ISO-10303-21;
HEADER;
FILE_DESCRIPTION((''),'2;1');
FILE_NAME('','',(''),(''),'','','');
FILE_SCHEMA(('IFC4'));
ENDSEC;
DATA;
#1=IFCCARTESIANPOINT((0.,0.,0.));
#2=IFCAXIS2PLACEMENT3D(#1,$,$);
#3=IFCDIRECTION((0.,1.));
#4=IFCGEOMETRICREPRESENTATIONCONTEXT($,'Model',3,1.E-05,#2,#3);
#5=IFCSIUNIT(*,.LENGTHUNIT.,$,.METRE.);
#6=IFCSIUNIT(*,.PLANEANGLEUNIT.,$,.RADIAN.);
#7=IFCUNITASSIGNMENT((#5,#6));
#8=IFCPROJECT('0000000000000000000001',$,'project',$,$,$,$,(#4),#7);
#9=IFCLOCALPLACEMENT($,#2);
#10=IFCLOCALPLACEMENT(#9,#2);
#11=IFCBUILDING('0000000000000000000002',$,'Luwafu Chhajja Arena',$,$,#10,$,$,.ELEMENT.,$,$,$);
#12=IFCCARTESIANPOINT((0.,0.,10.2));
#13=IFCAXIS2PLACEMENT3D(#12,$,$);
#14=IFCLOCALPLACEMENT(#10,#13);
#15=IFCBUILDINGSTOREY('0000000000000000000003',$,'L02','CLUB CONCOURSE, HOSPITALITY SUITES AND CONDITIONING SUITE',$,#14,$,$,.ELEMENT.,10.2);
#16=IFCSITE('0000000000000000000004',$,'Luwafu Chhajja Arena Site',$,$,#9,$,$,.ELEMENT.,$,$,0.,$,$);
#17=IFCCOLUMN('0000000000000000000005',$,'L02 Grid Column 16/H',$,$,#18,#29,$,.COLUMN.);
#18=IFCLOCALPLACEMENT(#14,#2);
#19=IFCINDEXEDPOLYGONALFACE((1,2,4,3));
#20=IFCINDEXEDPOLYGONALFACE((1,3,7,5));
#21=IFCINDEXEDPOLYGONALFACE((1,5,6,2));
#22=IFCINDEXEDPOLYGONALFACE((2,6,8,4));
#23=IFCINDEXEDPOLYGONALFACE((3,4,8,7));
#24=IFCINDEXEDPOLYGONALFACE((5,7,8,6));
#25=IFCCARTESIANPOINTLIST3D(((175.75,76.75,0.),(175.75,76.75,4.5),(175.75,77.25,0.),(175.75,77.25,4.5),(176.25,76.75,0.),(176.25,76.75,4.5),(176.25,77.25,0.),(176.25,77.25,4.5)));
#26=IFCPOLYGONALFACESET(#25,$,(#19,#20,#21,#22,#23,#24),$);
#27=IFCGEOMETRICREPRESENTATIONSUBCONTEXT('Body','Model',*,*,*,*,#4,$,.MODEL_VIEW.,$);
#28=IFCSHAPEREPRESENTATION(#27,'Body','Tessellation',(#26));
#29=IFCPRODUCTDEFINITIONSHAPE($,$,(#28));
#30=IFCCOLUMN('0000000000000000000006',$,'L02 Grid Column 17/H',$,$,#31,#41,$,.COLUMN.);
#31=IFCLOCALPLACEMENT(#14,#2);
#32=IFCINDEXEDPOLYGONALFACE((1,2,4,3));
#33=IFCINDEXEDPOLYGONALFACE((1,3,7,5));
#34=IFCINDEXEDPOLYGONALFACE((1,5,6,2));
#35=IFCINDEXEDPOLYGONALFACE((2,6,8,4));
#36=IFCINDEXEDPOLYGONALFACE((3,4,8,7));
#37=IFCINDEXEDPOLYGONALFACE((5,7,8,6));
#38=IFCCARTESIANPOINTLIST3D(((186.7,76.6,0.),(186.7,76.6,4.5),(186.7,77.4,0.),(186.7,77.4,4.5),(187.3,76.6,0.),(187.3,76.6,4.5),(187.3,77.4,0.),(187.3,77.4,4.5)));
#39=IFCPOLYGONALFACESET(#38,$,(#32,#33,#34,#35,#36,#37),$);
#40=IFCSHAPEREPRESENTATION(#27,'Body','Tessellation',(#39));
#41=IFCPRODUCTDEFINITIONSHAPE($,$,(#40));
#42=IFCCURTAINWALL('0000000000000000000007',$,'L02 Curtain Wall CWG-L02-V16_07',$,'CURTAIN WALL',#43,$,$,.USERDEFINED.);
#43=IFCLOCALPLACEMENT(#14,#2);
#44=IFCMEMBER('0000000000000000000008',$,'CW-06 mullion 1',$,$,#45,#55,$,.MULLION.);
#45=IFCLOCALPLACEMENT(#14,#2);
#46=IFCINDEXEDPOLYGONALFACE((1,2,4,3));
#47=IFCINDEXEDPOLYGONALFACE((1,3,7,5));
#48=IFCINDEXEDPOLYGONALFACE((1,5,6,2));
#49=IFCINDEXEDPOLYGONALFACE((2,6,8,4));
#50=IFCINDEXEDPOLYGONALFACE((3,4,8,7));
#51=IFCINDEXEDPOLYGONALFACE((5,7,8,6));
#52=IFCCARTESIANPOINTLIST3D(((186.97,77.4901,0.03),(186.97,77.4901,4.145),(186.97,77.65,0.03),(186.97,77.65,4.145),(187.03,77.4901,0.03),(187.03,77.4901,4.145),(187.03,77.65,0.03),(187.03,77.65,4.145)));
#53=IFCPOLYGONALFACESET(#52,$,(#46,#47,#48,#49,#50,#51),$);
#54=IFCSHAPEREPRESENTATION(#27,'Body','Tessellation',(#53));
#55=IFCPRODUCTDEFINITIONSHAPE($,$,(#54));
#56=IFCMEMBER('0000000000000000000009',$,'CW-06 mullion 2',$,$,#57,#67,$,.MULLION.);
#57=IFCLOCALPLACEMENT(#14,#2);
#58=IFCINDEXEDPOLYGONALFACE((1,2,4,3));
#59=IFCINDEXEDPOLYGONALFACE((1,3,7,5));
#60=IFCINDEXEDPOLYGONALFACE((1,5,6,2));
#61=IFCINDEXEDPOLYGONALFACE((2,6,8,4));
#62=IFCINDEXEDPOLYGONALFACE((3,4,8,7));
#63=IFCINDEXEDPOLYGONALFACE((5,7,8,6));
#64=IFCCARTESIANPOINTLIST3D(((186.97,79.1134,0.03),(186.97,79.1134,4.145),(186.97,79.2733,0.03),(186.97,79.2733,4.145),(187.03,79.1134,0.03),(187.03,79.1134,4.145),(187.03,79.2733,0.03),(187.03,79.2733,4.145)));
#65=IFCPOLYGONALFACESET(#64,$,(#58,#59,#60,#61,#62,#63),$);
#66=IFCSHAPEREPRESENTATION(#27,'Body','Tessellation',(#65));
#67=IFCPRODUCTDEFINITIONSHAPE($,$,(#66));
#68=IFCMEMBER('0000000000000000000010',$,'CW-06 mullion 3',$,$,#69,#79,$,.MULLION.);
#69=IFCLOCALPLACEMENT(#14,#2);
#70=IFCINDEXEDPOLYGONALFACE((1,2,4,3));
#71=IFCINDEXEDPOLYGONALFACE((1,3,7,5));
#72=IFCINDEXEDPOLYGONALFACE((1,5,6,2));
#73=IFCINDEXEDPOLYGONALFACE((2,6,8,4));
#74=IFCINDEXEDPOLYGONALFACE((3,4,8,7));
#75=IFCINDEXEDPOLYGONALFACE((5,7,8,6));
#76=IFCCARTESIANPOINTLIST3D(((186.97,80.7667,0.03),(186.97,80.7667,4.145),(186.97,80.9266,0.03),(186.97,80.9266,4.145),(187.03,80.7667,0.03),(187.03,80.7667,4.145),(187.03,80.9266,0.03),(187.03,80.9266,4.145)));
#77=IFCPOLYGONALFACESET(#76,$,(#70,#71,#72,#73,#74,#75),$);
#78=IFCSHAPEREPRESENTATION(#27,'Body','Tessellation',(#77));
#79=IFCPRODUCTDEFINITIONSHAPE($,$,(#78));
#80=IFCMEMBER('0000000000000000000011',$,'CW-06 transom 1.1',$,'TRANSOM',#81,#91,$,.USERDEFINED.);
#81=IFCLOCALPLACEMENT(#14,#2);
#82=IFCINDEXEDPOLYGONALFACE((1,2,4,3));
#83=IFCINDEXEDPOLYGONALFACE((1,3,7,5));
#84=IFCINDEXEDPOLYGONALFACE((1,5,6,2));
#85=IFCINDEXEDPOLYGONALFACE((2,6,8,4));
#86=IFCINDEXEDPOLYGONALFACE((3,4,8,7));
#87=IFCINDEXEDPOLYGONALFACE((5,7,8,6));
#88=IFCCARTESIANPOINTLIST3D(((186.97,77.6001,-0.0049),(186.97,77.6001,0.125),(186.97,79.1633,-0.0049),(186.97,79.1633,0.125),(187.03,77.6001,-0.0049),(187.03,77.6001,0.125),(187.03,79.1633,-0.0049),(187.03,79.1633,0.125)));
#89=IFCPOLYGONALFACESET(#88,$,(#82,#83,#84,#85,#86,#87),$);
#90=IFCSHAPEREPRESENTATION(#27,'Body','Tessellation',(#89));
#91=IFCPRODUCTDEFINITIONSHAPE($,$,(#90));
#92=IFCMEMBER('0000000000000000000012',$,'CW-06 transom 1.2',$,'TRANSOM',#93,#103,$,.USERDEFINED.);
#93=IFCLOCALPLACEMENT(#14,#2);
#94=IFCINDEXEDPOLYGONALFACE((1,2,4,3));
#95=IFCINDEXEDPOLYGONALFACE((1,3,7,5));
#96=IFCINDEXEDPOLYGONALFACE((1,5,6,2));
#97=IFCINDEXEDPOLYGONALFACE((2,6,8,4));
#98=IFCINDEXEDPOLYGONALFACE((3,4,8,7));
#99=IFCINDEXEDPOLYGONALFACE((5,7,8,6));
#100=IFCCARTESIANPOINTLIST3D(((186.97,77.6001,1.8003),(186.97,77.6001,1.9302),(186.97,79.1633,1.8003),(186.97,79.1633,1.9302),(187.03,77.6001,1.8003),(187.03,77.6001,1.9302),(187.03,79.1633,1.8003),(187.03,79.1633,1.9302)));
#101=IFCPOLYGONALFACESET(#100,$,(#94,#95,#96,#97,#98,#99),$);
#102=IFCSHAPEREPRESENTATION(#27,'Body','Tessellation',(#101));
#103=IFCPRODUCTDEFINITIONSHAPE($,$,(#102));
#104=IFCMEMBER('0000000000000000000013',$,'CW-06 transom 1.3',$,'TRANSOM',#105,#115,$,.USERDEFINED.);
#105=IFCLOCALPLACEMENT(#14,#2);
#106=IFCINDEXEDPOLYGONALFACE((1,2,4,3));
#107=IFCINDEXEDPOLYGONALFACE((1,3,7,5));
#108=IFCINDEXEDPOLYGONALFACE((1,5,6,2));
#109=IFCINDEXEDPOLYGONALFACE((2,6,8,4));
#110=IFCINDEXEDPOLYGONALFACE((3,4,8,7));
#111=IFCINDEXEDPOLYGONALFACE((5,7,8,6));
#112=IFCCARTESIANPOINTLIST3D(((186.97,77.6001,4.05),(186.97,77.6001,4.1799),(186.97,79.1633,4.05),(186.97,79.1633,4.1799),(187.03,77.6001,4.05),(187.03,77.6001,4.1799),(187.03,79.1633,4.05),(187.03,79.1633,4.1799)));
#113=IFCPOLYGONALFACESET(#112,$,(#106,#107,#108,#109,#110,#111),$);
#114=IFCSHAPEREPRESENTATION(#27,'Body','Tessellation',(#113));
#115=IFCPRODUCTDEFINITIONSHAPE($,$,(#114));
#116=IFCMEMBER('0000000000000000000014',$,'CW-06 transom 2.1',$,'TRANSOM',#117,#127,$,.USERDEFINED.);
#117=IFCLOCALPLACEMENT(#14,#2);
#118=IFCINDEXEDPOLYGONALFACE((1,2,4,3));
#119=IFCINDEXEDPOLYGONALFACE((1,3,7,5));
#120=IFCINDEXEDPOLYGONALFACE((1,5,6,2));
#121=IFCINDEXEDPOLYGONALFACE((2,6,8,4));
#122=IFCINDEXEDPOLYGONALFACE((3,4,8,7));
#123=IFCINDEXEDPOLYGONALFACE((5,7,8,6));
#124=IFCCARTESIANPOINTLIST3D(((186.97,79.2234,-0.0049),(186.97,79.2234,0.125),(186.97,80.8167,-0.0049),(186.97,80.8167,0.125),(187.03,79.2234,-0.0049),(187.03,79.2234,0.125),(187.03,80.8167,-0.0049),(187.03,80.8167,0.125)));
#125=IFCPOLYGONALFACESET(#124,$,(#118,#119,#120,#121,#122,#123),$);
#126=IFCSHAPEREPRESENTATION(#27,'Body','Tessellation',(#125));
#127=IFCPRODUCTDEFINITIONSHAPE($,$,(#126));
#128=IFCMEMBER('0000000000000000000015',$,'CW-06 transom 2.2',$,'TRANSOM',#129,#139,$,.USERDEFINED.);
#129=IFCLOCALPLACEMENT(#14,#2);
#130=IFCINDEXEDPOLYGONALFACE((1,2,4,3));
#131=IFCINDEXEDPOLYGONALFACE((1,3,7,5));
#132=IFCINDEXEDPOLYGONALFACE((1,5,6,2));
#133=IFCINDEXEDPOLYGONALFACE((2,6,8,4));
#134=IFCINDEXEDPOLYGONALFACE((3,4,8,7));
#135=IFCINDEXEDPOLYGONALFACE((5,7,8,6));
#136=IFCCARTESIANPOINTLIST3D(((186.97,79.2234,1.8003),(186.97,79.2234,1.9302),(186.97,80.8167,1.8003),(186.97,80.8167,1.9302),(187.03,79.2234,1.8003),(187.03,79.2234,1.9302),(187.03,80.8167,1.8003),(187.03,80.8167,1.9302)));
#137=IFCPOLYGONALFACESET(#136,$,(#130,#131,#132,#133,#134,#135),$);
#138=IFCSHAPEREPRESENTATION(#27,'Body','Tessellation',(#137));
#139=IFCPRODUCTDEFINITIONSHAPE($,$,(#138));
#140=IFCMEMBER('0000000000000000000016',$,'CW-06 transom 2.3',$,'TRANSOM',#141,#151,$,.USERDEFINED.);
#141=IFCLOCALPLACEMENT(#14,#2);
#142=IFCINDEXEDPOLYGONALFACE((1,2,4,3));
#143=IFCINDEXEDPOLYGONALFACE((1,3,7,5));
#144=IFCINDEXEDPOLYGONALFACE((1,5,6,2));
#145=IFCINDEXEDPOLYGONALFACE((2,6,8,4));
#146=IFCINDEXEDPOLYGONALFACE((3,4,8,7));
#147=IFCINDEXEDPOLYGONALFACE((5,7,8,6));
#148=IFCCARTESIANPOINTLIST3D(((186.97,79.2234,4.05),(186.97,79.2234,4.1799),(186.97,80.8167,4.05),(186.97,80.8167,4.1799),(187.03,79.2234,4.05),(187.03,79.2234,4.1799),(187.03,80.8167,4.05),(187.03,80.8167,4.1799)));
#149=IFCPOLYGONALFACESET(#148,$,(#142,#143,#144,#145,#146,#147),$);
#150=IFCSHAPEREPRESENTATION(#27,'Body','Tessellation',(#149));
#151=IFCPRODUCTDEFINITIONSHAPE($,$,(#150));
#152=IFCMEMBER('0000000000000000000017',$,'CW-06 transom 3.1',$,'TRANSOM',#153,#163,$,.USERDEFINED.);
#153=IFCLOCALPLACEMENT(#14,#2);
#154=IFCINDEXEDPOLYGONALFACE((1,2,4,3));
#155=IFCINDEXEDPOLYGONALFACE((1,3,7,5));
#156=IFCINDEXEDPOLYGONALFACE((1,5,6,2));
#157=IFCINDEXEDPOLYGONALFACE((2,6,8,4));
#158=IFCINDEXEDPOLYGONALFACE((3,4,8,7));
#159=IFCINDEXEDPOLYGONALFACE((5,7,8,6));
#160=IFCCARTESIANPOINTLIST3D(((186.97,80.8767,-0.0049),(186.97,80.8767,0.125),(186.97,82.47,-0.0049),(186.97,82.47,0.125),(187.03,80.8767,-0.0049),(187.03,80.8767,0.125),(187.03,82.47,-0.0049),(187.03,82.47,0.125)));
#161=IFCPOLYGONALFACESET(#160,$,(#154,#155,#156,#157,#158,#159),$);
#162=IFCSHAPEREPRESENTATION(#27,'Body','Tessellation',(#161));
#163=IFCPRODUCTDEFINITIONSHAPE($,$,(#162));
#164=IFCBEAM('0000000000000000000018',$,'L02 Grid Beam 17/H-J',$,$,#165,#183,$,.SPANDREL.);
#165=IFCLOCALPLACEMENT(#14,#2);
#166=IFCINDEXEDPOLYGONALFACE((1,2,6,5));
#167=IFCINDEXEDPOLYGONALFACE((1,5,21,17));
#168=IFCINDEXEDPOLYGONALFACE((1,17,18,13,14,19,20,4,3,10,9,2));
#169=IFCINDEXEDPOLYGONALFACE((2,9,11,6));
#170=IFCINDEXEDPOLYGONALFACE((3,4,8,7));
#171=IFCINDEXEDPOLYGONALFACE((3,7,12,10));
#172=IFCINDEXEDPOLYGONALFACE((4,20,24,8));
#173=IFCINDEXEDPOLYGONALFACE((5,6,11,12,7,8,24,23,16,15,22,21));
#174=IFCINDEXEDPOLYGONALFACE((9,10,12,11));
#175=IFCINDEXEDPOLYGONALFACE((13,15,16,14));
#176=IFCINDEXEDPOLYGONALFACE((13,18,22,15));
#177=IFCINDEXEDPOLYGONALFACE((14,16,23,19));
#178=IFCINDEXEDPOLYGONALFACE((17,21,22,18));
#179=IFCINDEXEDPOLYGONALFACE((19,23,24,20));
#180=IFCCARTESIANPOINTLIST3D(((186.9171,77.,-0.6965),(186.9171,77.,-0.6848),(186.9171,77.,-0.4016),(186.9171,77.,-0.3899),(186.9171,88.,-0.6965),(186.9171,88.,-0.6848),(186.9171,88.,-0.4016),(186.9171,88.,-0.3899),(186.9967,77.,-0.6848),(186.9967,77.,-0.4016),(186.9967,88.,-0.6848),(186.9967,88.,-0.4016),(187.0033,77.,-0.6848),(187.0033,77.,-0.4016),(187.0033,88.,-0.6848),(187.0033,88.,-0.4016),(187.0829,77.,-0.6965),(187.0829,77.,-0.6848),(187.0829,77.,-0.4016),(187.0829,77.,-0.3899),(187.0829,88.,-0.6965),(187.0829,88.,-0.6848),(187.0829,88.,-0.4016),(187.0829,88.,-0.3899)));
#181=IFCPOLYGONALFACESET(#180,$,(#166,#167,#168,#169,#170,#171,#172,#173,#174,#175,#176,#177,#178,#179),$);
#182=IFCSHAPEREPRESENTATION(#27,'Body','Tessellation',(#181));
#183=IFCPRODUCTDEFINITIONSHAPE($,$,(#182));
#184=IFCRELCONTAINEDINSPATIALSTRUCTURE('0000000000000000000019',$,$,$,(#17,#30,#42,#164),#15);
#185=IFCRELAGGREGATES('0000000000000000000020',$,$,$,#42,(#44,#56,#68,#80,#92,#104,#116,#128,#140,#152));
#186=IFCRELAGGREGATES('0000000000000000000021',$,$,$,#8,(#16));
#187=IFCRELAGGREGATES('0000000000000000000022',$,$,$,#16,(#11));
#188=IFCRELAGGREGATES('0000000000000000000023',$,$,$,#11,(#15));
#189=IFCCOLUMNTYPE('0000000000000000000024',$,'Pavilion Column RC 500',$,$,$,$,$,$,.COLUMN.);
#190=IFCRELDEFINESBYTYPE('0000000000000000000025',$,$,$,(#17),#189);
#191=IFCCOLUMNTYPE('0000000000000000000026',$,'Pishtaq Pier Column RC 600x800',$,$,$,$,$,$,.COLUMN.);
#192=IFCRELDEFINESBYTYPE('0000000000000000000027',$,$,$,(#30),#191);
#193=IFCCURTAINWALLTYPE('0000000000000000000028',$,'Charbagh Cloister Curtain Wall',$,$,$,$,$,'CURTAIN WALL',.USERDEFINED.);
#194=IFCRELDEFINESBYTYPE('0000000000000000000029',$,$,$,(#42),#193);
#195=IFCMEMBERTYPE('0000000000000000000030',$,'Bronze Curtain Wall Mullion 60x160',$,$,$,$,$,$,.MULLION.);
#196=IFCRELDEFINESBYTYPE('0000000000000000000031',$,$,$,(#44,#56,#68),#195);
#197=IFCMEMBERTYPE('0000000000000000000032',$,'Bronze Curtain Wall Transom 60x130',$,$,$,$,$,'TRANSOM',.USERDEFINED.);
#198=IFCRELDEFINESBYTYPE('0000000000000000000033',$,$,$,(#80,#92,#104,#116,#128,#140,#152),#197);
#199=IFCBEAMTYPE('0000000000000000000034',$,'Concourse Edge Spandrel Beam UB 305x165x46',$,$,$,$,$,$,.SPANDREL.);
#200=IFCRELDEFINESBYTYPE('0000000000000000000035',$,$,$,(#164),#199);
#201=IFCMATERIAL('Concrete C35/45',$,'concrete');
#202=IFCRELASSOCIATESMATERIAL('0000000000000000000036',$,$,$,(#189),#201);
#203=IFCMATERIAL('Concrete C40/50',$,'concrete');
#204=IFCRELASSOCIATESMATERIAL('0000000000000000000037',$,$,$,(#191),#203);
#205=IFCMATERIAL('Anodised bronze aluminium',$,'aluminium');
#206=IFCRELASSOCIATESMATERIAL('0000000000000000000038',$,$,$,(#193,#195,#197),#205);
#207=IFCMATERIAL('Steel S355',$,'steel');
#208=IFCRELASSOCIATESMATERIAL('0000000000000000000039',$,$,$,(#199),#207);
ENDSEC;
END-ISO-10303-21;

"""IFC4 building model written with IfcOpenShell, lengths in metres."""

from ifc_helpers import new_model, si_unit, direction, frame, origin, origin_2d, place, context, subcontext, project, spatial, rectangle, i_section, extrude, material, material_profile, profile_set, type_object, element, aggregate, save


model = new_model("IFC4")

# Units and contexts
model_context = context("Model", 3, precision=1e-05, world=origin(), true_north=direction((0.0, 1.0)))
body_context = subcontext(model_context, "Body", "Model", "MODEL_VIEW")
ifc_project = project(units=[si_unit("LENGTHUNIT", "METRE"), si_unit("PLANEANGLEUNIT", "RADIAN")], contexts=[model_context])

# Site, building, storey
site_placement = place(None, origin())
site = spatial("IfcSite", under=ifc_project, at=site_placement, Name="Luwafu Chhajja Arena Site", CompositionType="ELEMENT", RefElevation=0.0)
building_placement = place(site_placement, origin())
building = spatial("IfcBuilding", under=site, at=building_placement, Name="Luwafu Chhajja Arena", CompositionType="ELEMENT")
storey_placement = place(building_placement, frame((0.0, 0.0, 10.2)))
storey = spatial("IfcBuildingStorey", under=building, at=storey_placement, Name="L02", Description="CLUB CONCOURSE, HOSPITALITY SUITES AND CONDITIONING SUITE", CompositionType="ELEMENT", Elevation=10.2)

# Columns
ifc_material_1 = material(Name="Concrete C35/45", Category="concrete")
ifc_material_profile_1 = material_profile(ifc_material_1, rectangle(XDim=0.5, YDim=0.5, at=origin_2d()), Name="RC 500x500")
ifc_profile_set_1 = profile_set([ifc_material_profile_1], Name="Concrete C35/45")
column_type_1 = type_object("IfcColumnType", Name="Pavilion Column RC 500", PredefinedType="COLUMN", material=ifc_profile_set_1)
column_1_placement = place(storey_placement, frame((176.0, 77.0, 0.0), z_axis=(0.0, 0.0, 1.0), x_axis=(1.0, 0.0, 0.0)))
element("IfcColumn", 1, at=column_1_placement, inside=storey, type_object=column_type_1, Name="L02 Grid Column 16/H", PredefinedType="COLUMN", context=body_context, shape_type="SweptSolid", body=[
    extrude(rectangle(XDim=0.5, YDim=0.5, at=origin_2d()), origin(), (0.0, 0.0, 1.0), 4.5),
])
ifc_material_2 = material(Name="Concrete C40/50", Category="concrete")
ifc_material_profile_2 = material_profile(ifc_material_2, rectangle(XDim=0.6001, YDim=0.8, at=origin_2d()), Name="RC 600x800")
ifc_profile_set_2 = profile_set([ifc_material_profile_2], Name="Concrete C40/50")
column_type_2 = type_object("IfcColumnType", Name="Pishtaq Pier Column RC 600x800", PredefinedType="COLUMN", material=ifc_profile_set_2)
column_2_placement = place(storey_placement, frame((187.0, 77.0, 0.0), z_axis=(0.0, 0.0, 1.0), x_axis=(1.0, 0.0, 0.0)))
element("IfcColumn", 2, at=column_2_placement, inside=storey, type_object=column_type_2, Name="L02 Grid Column 17/H", PredefinedType="COLUMN", context=body_context, shape_type="SweptSolid", body=[
    extrude(rectangle(XDim=0.6001, YDim=0.8, at=origin_2d()), origin(), (0.0, 0.0, 1.0), 4.5),
])

# Curtain wall, members
ifc_material_3 = material(Name="Anodised bronze aluminium", Category="aluminium")
curtain_wall_type = type_object("IfcCurtainWallType", Name="Charbagh Cloister Curtain Wall", ElementType="CURTAIN WALL", PredefinedType="USERDEFINED", material=ifc_material_3)
curtain_wall_placement = place(storey_placement, origin())
curtain_wall = element("IfcCurtainWall", 3, at=curtain_wall_placement, inside=storey, type_object=curtain_wall_type, Name="L02 Curtain Wall CWG-L02-V16_07", ObjectType="CURTAIN WALL", PredefinedType="USERDEFINED")
ifc_material_profile_3 = material_profile(ifc_material_3, rectangle(XDim=0.0601, YDim=0.1599, at=origin_2d()), Name="CWM 60x160")
ifc_profile_set_3 = profile_set([ifc_material_profile_3], Name="Anodised bronze aluminium")
member_type_1 = type_object("IfcMemberType", Name="Bronze Curtain Wall Mullion 60x160", PredefinedType="MULLION", material=ifc_profile_set_3)
member_1_placement = place(storey_placement, frame((187.0, 77.5701, 0.03), z_axis=(0.0, 0.0, 1.0), x_axis=(-1.0, 0.0, 0.0)))
member_1 = element("IfcMember", 4, at=member_1_placement, type_object=member_type_1, Name="CW-06 mullion 1", PredefinedType="MULLION", context=body_context, shape_type="SweptSolid", body=[
    extrude(rectangle(XDim=0.0601, YDim=0.1599, at=origin_2d()), origin(), (0.0, 0.0, 1.0), 4.115),
])
member_2_placement = place(storey_placement, frame((187.0, 79.1934, 0.03), z_axis=(0.0, 0.0, 1.0), x_axis=(-1.0, 0.0, 0.0)))
member_2 = element("IfcMember", 5, at=member_2_placement, type_object=member_type_1, Name="CW-06 mullion 2", PredefinedType="MULLION", context=body_context, shape_type="SweptSolid", body=[
    extrude(rectangle(XDim=0.0601, YDim=0.1599, at=origin_2d()), origin(), (0.0, 0.0, 1.0), 4.115),
])
member_3_placement = place(storey_placement, frame((187.0, 80.8467, 0.03), z_axis=(0.0, 0.0, 1.0), x_axis=(-1.0, 0.0, 0.0)))
member_3 = element("IfcMember", 6, at=member_3_placement, type_object=member_type_1, Name="CW-06 mullion 3", PredefinedType="MULLION", context=body_context, shape_type="SweptSolid", body=[
    extrude(rectangle(XDim=0.0601, YDim=0.1599, at=origin_2d()), origin(), (0.0, 0.0, 1.0), 4.115),
])
ifc_material_profile_4 = material_profile(ifc_material_3, rectangle(XDim=0.0601, YDim=0.1299, at=origin_2d()), Name="CWT 60x130")
ifc_profile_set_4 = profile_set([ifc_material_profile_4], Name="Anodised bronze aluminium")
member_type_2 = type_object("IfcMemberType", Name="Bronze Curtain Wall Transom 60x130", ElementType="TRANSOM", PredefinedType="USERDEFINED", material=ifc_profile_set_4)
member_4_placement = place(storey_placement, frame((187.0, 77.6001, 0.0601), z_axis=(0.0, 1.0, 0.0), x_axis=(-1.0, 0.0, 0.0)))
member_4 = element("IfcMember", 7, at=member_4_placement, type_object=member_type_2, Name="CW-06 transom 1.1", ObjectType="TRANSOM", PredefinedType="USERDEFINED", context=body_context, shape_type="SweptSolid", body=[
    extrude(rectangle(XDim=0.0601, YDim=0.1299, at=origin_2d()), origin(), (0.0, 0.0, 1.0), 1.5632),
])
member_5_placement = place(storey_placement, frame((187.0, 77.6001, 1.8652), z_axis=(0.0, 1.0, 0.0), x_axis=(-1.0, 0.0, 0.0)))
member_5 = element("IfcMember", 8, at=member_5_placement, type_object=member_type_2, Name="CW-06 transom 1.2", ObjectType="TRANSOM", PredefinedType="USERDEFINED", context=body_context, shape_type="SweptSolid", body=[
    extrude(rectangle(XDim=0.0601, YDim=0.1299, at=origin_2d()), origin(), (0.0, 0.0, 1.0), 1.5632),
])
member_6_placement = place(storey_placement, frame((187.0, 77.6001, 4.115), z_axis=(0.0, 1.0, 0.0), x_axis=(-1.0, 0.0, 0.0)))
member_6 = element("IfcMember", 9, at=member_6_placement, type_object=member_type_2, Name="CW-06 transom 1.3", ObjectType="TRANSOM", PredefinedType="USERDEFINED", context=body_context, shape_type="SweptSolid", body=[
    extrude(rectangle(XDim=0.0601, YDim=0.1299, at=origin_2d()), origin(), (0.0, 0.0, 1.0), 1.5632),
])
member_7_placement = place(storey_placement, frame((187.0, 79.2234, 0.0601), z_axis=(0.0, 1.0, 0.0), x_axis=(-1.0, 0.0, 0.0)))
member_7 = element("IfcMember", 10, at=member_7_placement, type_object=member_type_2, Name="CW-06 transom 2.1", ObjectType="TRANSOM", PredefinedType="USERDEFINED", context=body_context, shape_type="SweptSolid", body=[
    extrude(rectangle(XDim=0.0601, YDim=0.1299, at=origin_2d()), origin(), (0.0, 0.0, 1.0), 1.5933),
])
member_8_placement = place(storey_placement, frame((187.0, 79.2234, 1.8652), z_axis=(0.0, 1.0, 0.0), x_axis=(-1.0, 0.0, 0.0)))
member_8 = element("IfcMember", 11, at=member_8_placement, type_object=member_type_2, Name="CW-06 transom 2.2", ObjectType="TRANSOM", PredefinedType="USERDEFINED", context=body_context, shape_type="SweptSolid", body=[
    extrude(rectangle(XDim=0.0601, YDim=0.1299, at=origin_2d()), origin(), (0.0, 0.0, 1.0), 1.5933),
])
member_9_placement = place(storey_placement, frame((187.0, 79.2234, 4.115), z_axis=(0.0, 1.0, 0.0), x_axis=(-1.0, 0.0, 0.0)))
member_9 = element("IfcMember", 12, at=member_9_placement, type_object=member_type_2, Name="CW-06 transom 2.3", ObjectType="TRANSOM", PredefinedType="USERDEFINED", context=body_context, shape_type="SweptSolid", body=[
    extrude(rectangle(XDim=0.0601, YDim=0.1299, at=origin_2d()), origin(), (0.0, 0.0, 1.0), 1.5933),
])
member_10_placement = place(storey_placement, frame((187.0, 80.8767, 0.0601), z_axis=(0.0, 1.0, 0.0), x_axis=(-1.0, 0.0, 0.0)))
member_10 = element("IfcMember", 13, at=member_10_placement, type_object=member_type_2, Name="CW-06 transom 3.1", ObjectType="TRANSOM", PredefinedType="USERDEFINED", context=body_context, shape_type="SweptSolid", body=[
    extrude(rectangle(XDim=0.0601, YDim=0.1299, at=origin_2d()), origin(), (0.0, 0.0, 1.0), 1.5933),
])

# Beam
ifc_material_4 = material(Name="Steel S355", Category="steel")
ifc_material_profile_5 = material_profile(ifc_material_4, i_section(OverallWidth=0.1658, OverallDepth=0.3066, WebThickness=0.0066, FlangeThickness=0.0117, at=origin_2d()), Name="UB 305x165x46")
ifc_profile_set_5 = profile_set([ifc_material_profile_5], Name="Steel S355")
beam_type_1 = type_object("IfcBeamType", Name="Concourse Edge Spandrel Beam UB 305x165x46", PredefinedType="SPANDREL", material=ifc_profile_set_5)
beam_1_placement = place(storey_placement, frame((187.0, 77.0, -0.5432), z_axis=(0.0, 1.0, 0.0), x_axis=(-1.0, 0.0, 0.0)))
element("IfcBeam", 14, at=beam_1_placement, inside=storey, type_object=beam_type_1, Name="L02 Grid Beam 17/H-J", PredefinedType="SPANDREL", context=body_context, shape_type="SweptSolid", body=[
    extrude(i_section(OverallWidth=0.1658, OverallDepth=0.3066, WebThickness=0.0066, FlangeThickness=0.0117, at=origin_2d()), origin(), (0.0, 0.0, 1.0), 11.0),
])

aggregate(curtain_wall, [member_1, member_2, member_3, member_4, member_5, member_6, member_7, member_8, member_9, member_10])

save(model, "model.ifc")
